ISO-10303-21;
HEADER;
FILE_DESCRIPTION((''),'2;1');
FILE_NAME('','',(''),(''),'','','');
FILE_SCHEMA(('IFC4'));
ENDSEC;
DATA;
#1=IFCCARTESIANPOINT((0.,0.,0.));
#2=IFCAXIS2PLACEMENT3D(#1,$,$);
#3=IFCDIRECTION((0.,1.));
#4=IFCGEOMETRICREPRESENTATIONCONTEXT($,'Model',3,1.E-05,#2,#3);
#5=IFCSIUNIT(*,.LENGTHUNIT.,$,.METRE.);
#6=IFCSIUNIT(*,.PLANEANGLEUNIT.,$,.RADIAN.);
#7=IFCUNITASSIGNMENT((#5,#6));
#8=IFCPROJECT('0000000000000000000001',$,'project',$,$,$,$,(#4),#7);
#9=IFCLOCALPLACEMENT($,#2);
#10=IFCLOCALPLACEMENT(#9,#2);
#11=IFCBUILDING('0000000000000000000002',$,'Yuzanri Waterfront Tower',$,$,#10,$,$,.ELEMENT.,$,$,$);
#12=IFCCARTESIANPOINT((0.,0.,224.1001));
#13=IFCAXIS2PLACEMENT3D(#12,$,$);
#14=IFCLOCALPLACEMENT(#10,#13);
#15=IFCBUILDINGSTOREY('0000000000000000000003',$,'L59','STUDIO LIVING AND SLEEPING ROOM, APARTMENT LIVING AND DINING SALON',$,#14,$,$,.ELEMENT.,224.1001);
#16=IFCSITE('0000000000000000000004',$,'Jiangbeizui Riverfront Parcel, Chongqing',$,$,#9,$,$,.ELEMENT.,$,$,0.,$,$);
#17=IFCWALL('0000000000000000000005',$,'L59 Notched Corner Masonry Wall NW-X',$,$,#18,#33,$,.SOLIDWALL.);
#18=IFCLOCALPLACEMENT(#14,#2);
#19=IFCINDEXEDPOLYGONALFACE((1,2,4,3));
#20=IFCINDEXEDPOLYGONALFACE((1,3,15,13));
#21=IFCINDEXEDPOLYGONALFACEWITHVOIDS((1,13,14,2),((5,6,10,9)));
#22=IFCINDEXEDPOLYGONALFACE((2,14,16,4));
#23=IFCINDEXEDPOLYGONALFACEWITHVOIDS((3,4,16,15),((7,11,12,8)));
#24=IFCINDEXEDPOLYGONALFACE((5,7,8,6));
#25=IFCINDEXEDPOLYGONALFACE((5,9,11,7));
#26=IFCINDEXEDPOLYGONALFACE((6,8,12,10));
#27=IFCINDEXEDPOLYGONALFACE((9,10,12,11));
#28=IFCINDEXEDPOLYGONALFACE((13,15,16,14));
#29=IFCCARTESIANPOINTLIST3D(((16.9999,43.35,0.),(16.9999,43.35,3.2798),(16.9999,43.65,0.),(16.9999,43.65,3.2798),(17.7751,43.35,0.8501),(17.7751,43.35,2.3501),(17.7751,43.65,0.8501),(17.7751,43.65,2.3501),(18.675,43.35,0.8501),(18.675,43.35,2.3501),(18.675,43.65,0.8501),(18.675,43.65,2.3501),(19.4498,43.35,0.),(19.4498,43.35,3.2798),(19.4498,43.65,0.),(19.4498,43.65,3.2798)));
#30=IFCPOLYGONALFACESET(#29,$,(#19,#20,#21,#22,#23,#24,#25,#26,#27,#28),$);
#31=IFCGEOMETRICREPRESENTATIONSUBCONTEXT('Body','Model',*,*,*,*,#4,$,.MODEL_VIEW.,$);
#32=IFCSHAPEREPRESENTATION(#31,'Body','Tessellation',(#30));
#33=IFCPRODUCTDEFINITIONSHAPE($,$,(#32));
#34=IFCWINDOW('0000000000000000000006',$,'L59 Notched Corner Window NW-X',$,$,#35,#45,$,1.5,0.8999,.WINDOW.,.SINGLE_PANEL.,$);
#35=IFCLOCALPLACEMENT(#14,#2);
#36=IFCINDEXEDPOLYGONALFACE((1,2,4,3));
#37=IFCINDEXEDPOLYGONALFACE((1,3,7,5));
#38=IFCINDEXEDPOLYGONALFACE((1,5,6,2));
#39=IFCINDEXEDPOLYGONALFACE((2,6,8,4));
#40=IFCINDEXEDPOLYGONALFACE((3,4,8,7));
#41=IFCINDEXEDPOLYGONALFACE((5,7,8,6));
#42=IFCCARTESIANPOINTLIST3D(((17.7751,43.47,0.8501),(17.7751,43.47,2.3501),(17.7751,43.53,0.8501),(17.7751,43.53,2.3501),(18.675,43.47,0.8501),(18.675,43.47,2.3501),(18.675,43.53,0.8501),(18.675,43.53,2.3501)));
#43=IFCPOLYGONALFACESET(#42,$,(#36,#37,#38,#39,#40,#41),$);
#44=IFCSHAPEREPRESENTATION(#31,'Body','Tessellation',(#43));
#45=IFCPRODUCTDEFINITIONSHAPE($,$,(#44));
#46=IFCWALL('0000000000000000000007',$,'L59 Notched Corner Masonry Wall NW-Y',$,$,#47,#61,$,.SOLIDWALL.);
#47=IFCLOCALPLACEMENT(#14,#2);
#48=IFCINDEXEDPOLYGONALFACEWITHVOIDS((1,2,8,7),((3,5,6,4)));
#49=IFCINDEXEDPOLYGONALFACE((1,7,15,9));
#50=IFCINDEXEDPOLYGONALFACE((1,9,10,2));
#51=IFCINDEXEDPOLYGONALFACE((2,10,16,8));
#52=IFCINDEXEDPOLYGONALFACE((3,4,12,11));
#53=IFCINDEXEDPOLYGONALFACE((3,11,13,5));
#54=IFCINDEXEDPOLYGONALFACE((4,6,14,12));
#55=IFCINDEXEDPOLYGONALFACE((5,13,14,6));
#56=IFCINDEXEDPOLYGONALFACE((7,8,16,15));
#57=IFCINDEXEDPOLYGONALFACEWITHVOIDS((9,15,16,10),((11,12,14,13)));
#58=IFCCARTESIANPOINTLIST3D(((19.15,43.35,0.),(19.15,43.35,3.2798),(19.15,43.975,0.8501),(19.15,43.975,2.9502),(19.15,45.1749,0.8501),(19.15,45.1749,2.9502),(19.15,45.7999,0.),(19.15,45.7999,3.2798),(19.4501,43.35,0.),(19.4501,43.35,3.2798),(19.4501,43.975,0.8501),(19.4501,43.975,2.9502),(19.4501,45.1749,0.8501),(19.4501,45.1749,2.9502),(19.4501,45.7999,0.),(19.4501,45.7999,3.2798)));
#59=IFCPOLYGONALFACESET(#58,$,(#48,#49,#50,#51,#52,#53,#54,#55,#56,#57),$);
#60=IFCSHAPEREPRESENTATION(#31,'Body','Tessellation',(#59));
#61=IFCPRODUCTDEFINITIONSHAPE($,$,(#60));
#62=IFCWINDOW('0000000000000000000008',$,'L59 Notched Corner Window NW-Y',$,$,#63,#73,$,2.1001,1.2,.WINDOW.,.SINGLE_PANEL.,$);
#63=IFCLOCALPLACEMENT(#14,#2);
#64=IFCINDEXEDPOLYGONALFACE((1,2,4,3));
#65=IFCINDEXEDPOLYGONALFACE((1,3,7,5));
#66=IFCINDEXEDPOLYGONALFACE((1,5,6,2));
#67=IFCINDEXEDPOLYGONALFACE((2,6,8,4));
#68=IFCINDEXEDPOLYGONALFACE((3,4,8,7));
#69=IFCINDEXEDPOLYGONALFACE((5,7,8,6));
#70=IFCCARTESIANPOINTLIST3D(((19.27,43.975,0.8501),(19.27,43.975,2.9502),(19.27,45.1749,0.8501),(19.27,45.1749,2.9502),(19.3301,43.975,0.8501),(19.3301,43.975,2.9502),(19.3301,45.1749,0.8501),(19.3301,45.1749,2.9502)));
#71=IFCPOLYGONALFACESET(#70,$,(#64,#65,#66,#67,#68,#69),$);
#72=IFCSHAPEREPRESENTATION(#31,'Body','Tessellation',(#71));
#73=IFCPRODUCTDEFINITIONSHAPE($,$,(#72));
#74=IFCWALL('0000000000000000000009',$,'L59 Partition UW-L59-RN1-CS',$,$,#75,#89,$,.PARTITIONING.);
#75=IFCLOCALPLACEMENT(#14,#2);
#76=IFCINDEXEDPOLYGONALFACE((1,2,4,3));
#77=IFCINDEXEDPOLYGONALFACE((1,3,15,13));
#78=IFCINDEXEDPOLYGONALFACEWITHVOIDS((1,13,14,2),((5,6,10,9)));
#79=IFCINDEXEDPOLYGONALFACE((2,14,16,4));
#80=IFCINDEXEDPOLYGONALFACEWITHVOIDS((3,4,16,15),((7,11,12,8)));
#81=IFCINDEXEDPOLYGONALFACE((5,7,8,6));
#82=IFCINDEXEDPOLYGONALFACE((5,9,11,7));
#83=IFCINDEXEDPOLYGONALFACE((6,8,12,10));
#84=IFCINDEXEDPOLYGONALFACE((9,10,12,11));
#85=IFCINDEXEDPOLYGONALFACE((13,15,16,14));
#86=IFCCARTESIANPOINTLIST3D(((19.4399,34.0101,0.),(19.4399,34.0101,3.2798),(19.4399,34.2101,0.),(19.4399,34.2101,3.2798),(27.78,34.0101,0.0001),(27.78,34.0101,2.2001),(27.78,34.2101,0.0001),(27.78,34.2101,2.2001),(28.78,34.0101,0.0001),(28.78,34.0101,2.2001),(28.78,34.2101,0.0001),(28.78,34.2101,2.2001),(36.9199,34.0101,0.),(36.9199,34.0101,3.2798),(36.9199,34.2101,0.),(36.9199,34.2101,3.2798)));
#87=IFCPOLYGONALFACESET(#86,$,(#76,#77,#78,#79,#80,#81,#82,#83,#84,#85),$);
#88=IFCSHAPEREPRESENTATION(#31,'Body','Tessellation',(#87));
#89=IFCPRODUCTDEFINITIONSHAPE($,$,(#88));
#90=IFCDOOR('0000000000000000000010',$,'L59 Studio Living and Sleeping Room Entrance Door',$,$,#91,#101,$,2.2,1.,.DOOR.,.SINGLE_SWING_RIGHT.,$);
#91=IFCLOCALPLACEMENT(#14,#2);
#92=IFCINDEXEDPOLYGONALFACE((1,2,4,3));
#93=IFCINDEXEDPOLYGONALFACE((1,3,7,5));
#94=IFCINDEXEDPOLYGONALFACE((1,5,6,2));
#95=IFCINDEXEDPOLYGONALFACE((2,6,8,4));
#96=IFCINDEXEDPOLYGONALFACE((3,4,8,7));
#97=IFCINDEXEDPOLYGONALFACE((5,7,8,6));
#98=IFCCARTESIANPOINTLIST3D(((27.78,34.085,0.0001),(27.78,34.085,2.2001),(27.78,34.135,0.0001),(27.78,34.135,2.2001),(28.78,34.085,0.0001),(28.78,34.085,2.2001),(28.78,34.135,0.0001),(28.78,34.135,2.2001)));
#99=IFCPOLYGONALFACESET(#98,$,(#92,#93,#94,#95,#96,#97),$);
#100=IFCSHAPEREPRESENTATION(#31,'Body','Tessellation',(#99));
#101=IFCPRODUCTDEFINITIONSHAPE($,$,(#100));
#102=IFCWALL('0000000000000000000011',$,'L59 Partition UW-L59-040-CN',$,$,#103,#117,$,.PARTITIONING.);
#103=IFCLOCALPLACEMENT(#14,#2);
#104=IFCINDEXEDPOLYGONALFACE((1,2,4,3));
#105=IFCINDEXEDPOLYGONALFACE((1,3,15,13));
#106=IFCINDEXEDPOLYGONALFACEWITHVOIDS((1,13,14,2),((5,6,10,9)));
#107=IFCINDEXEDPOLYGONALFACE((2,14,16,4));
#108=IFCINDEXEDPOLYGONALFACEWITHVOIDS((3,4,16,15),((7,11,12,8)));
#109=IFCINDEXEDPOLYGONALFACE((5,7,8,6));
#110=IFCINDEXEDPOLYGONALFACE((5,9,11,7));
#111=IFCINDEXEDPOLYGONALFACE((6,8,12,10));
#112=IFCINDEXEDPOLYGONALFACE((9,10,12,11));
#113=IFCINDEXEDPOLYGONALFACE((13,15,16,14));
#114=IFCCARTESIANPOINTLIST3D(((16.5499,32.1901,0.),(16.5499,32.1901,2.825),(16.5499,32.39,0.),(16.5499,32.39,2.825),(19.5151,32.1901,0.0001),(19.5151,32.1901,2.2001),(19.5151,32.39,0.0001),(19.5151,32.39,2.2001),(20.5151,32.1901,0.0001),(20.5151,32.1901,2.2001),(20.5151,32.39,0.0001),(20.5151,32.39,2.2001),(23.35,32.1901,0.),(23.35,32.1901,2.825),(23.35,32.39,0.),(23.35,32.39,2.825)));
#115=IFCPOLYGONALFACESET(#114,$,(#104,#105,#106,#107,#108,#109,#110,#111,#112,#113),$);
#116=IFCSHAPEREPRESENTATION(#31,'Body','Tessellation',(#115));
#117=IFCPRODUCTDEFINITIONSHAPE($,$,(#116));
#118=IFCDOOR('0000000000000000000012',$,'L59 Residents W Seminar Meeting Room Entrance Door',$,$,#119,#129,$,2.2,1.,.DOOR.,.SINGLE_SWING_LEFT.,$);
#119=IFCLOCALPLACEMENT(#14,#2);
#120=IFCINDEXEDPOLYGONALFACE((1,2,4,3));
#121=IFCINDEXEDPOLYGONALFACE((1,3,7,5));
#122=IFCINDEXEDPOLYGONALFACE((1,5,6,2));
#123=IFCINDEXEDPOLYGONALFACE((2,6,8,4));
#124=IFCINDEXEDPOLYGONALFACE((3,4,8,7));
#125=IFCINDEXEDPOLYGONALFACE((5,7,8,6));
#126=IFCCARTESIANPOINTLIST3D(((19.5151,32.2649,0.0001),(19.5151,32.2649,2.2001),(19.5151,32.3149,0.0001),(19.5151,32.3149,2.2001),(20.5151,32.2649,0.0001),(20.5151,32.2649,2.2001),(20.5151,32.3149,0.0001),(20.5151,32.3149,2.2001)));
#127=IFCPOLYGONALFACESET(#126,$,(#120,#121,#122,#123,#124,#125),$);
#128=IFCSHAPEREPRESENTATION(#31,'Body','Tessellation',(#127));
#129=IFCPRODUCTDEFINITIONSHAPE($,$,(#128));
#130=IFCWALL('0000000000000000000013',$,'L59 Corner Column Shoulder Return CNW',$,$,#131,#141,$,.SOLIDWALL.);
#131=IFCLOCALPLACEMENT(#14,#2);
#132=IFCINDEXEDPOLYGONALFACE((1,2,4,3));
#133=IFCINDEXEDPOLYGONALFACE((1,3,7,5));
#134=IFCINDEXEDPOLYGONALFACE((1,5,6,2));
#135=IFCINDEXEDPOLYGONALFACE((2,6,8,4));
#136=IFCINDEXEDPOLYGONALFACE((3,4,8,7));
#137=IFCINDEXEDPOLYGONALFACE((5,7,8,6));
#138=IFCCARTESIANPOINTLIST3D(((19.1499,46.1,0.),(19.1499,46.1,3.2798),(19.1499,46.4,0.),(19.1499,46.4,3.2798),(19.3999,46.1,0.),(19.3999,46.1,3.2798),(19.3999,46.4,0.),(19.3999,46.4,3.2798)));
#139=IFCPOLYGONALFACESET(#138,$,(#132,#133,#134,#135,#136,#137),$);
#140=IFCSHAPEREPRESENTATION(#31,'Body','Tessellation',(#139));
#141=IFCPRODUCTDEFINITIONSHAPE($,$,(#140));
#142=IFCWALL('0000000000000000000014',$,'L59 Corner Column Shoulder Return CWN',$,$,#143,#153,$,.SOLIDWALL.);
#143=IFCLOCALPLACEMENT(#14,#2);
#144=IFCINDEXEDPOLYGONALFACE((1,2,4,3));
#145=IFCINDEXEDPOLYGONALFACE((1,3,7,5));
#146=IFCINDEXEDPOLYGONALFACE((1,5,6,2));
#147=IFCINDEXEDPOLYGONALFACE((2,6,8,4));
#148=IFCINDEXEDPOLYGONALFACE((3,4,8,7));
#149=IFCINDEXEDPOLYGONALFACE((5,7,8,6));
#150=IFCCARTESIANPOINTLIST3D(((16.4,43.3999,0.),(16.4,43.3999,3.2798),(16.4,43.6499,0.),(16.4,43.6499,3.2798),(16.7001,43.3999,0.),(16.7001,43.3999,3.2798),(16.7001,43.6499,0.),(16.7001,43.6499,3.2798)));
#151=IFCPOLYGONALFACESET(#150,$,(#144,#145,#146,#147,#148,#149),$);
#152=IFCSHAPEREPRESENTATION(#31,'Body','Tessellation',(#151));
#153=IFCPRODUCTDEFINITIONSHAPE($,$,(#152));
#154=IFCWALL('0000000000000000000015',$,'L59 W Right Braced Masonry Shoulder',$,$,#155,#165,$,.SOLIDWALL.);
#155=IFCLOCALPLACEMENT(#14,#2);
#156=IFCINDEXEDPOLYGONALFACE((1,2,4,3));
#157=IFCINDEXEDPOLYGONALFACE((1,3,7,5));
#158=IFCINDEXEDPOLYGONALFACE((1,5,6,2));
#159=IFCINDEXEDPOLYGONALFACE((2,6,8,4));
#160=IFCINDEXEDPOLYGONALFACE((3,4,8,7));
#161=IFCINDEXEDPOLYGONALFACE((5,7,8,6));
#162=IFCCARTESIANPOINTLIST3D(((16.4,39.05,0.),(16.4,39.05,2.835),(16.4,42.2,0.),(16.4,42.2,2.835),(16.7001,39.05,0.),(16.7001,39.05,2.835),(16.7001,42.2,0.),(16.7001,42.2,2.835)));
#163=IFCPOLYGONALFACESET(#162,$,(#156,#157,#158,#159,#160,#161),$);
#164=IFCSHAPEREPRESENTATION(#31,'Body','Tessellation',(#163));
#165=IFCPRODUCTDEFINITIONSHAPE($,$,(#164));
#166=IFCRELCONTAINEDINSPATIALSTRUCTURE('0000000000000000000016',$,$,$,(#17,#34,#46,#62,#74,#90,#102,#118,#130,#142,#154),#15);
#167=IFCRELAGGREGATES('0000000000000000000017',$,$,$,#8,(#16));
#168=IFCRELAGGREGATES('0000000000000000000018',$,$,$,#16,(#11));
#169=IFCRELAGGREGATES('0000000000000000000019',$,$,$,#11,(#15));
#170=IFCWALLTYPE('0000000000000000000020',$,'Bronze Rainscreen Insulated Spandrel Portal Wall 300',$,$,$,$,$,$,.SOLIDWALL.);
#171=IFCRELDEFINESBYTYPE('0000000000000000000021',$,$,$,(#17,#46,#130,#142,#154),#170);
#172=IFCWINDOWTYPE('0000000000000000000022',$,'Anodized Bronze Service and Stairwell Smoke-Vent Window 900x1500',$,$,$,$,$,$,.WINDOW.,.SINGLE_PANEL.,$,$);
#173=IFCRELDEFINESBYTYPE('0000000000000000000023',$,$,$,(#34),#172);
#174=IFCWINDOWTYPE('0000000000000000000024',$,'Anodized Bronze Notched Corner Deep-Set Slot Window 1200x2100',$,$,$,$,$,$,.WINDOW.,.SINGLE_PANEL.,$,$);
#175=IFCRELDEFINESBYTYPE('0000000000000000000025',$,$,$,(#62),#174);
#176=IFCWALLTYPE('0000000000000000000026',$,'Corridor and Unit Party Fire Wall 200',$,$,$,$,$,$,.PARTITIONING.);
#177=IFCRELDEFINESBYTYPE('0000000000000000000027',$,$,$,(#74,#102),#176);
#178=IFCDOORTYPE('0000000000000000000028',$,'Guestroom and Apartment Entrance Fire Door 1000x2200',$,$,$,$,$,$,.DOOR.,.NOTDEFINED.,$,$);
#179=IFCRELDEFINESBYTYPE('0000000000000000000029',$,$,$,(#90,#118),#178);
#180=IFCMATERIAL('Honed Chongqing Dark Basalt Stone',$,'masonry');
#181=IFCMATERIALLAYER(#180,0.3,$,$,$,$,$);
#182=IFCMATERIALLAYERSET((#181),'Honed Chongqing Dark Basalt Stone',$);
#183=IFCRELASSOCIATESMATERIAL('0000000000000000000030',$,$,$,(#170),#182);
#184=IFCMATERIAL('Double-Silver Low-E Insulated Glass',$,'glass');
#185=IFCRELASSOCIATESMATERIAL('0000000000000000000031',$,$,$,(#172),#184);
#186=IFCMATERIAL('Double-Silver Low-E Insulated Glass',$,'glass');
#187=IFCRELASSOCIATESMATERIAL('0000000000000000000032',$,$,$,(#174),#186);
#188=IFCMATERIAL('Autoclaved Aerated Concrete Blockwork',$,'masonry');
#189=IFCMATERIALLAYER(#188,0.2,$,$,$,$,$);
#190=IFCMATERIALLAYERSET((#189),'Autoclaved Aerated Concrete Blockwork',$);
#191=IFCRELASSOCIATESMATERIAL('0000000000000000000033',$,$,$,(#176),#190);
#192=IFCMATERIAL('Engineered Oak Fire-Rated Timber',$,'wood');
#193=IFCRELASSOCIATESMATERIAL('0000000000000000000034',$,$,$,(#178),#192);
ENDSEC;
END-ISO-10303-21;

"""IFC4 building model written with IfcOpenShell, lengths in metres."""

from ifc_helpers import new_model, si_unit, direction, frame, frame_2d, origin, place, context, subcontext, project, spatial, rectangle, extrude, source, transform, mapped, material, layer, layer_set, type_object, element, fill, save


model = new_model("IFC4")

# Units and contexts
model_context = context("Model", 3, precision=1e-05, world=origin(), true_north=direction((0.0, 1.0)))
body_context = subcontext(model_context, "Body", "Model", "MODEL_VIEW")
ifc_project = project(units=[si_unit("LENGTHUNIT", "METRE"), si_unit("PLANEANGLEUNIT", "RADIAN")], contexts=[model_context])

# Site, building, storey
site_placement = place(None, origin())
site = spatial("IfcSite", under=ifc_project, at=site_placement, Name="Jiangbeizui Riverfront Parcel, Chongqing", CompositionType="ELEMENT", RefElevation=0.0)
building_placement = place(site_placement, origin())
building = spatial("IfcBuilding", under=site, at=building_placement, Name="Yuzanri Waterfront Tower", CompositionType="ELEMENT")
storey_placement = place(building_placement, frame((0.0, 0.0, 224.1001)))
storey = spatial("IfcBuildingStorey", under=building, at=storey_placement, Name="L59", Description="STUDIO LIVING AND SLEEPING ROOM, APARTMENT LIVING AND DINING SALON", CompositionType="ELEMENT", Elevation=224.1001)

# Walls, openings, windows
ifc_material_1 = material(Name="Honed Chongqing Dark Basalt Stone", Category="masonry")
ifc_layer_1 = layer(ifc_material_1, 0.3)
ifc_layer_set_1 = layer_set([ifc_layer_1], Name="Honed Chongqing Dark Basalt Stone")
wall_type_1 = type_object("IfcWallType", Name="Bronze Rainscreen Insulated Spandrel Portal Wall 300", PredefinedType="SOLIDWALL", material=ifc_layer_set_1)
wall_1_placement = place(storey_placement, frame((19.45, 43.5, 0.0), z_axis=(0.0, 0.0, 1.0), x_axis=(-1.0, 0.0, 0.0)))
wall_1 = element("IfcWall", 1, at=wall_1_placement, inside=storey, type_object=wall_type_1, Name="L59 Notched Corner Masonry Wall NW-X", PredefinedType="SOLIDWALL", context=body_context, shape_type="SweptSolid", body=[
    extrude(rectangle(XDim=2.45, YDim=0.3, at=frame_2d((1.2251, 0.0))), origin(), (0.0, 0.0, 1.0), 3.2798),
])
opening_1_placement = place(wall_1_placement, frame((0.7749, 0.0, 0.8501)))
opening_1 = element("IfcOpeningElement", 2, at=opening_1_placement, cuts=wall_1, PredefinedType="OPENING", context=body_context, shape_type="SweptSolid", body=[
    extrude(rectangle(XDim=0.8999, YDim=1.5, at=frame_2d((0.45, 0.75))), frame((0.0, 0.165, 0.0), z_axis=(0.0, -1.0, 0.0), x_axis=(1.0, 0.0, 0.0)), (0.0, 0.0, 1.0), 0.3298),
])
ifc_material_2 = material(Name="Double-Silver Low-E Insulated Glass", Category="glass")
window_type_1 = type_object("IfcWindowType", Name="Anodized Bronze Service and Stairwell Smoke-Vent Window 900x1500", PartitioningType="SINGLE_PANEL", PredefinedType="WINDOW", material=ifc_material_2)
shared_shape_1 = source(origin(), body_context, "Body", "SweptSolid", [
    extrude(rectangle(XDim=0.8999, YDim=1.5, at=frame_2d((0.45, 0.75))), frame((0.0, 0.03, 0.0), z_axis=(0.0, -1.0, 0.0), x_axis=(1.0, 0.0, 0.0)), (0.0, 0.0, 1.0), 0.0601),
])
window_1_placement = place(opening_1_placement, origin())
window_1 = element("IfcWindow", 3, at=window_1_placement, inside=storey, type_object=window_type_1, Name="L59 Notched Corner Window NW-X", OverallHeight=1.5, OverallWidth=0.8999, PartitioningType="SINGLE_PANEL", PredefinedType="WINDOW", context=body_context, shape_type="MappedRepresentation", body=[
    mapped(shared_shape_1, transform((0.0, 0.0, 0.0), scale=1.0)),
])
fill(opening_1, window_1)
wall_2_placement = place(storey_placement, frame((19.3, 45.8, 0.0), z_axis=(0.0, 0.0, 1.0), x_axis=(0.0, -1.0, 0.0)))
wall_2 = element("IfcWall", 4, at=wall_2_placement, inside=storey, type_object=wall_type_1, Name="L59 Notched Corner Masonry Wall NW-Y", PredefinedType="SOLIDWALL", context=body_context, shape_type="SweptSolid", body=[
    extrude(rectangle(XDim=2.45, YDim=0.3, at=frame_2d((1.2251, 0.0))), origin(), (0.0, 0.0, 1.0), 3.2798),
])
opening_2_placement = place(wall_2_placement, frame((0.625, 0.0, 0.8501)))
opening_2 = element("IfcOpeningElement", 5, at=opening_2_placement, cuts=wall_2, PredefinedType="OPENING", context=body_context, shape_type="SweptSolid", body=[
    extrude(rectangle(XDim=1.2, YDim=2.1001, at=frame_2d((0.6001, 1.05))), frame((0.0, 0.165, 0.0), z_axis=(0.0, -1.0, 0.0), x_axis=(1.0, 0.0, 0.0)), (0.0, 0.0, 1.0), 0.3298),
])
ifc_material_3 = material(Name="Double-Silver Low-E Insulated Glass", Category="glass")
window_type_2 = type_object("IfcWindowType", Name="Anodized Bronze Notched Corner Deep-Set Slot Window 1200x2100", PartitioningType="SINGLE_PANEL", PredefinedType="WINDOW", material=ifc_material_3)
shared_shape_2 = source(origin(), body_context, "Body", "SweptSolid", [
    extrude(rectangle(XDim=1.2, YDim=2.1001, at=frame_2d((0.6001, 1.05))), frame((0.0, 0.03, 0.0), z_axis=(0.0, -1.0, 0.0), x_axis=(1.0, 0.0, 0.0)), (0.0, 0.0, 1.0), 0.0601),
])
window_2_placement = place(opening_2_placement, origin())
window_2 = element("IfcWindow", 6, at=window_2_placement, inside=storey, type_object=window_type_2, Name="L59 Notched Corner Window NW-Y", OverallHeight=2.1001, OverallWidth=1.2, PartitioningType="SINGLE_PANEL", PredefinedType="WINDOW", context=body_context, shape_type="MappedRepresentation", body=[
    mapped(shared_shape_2, transform((0.0, 0.0, 0.0), scale=1.0)),
])
fill(opening_2, window_2)

# Walls, openings, doors
ifc_material_4 = material(Name="Autoclaved Aerated Concrete Blockwork", Category="masonry")
ifc_layer_2 = layer(ifc_material_4, 0.2)
ifc_layer_set_2 = layer_set([ifc_layer_2], Name="Autoclaved Aerated Concrete Blockwork")
wall_type_2 = type_object("IfcWallType", Name="Corridor and Unit Party Fire Wall 200", PredefinedType="PARTITIONING", material=ifc_layer_set_2)
wall_3_placement = place(storey_placement, frame((19.4399, 34.1101, 0.0), z_axis=(0.0, 0.0, 1.0), x_axis=(1.0, 0.0, 0.0)))
wall_3 = element("IfcWall", 7, at=wall_3_placement, inside=storey, type_object=wall_type_2, Name="L59 Partition UW-L59-RN1-CS", PredefinedType="PARTITIONING", context=body_context, shape_type="SweptSolid", body=[
    extrude(rectangle(XDim=17.48, YDim=0.2, at=frame_2d((8.74, 0.0))), origin(), (0.0, 0.0, 1.0), 3.2798),
])
opening_3_placement = place(wall_3_placement, frame((8.3401, 0.0, 0.0)))
opening_3 = element("IfcOpeningElement", 8, at=opening_3_placement, cuts=wall_3, PredefinedType="OPENING", context=body_context, shape_type="SweptSolid", body=[
    extrude(rectangle(XDim=1.0, YDim=2.2, at=frame_2d((0.5, 1.1001))), frame((0.0, 0.1147, 0.0), z_axis=(0.0, -1.0, 0.0), x_axis=(1.0, 0.0, 0.0)), (0.0, 0.0, 1.0), 0.2297),
])
ifc_material_5 = material(Name="Engineered Oak Fire-Rated Timber", Category="wood")
door_type = type_object("IfcDoorType", Name="Guestroom and Apartment Entrance Fire Door 1000x2200", OperationType="NOTDEFINED", PredefinedType="DOOR", material=ifc_material_5)
shared_shape_3 = source(origin(), body_context, "Body", "SweptSolid", [
    extrude(rectangle(XDim=1.0, YDim=2.2, at=frame_2d((0.5, 1.1001))), frame((0.0, 0.0249, 0.0), z_axis=(0.0, -1.0, 0.0), x_axis=(1.0, 0.0, 0.0)), (0.0, 0.0, 1.0), 0.05),
])
door_1_placement = place(opening_3_placement, origin())
door_1 = element("IfcDoor", 9, at=door_1_placement, inside=storey, type_object=door_type, Name="L59 Studio Living and Sleeping Room Entrance Door", OperationType="SINGLE_SWING_RIGHT", OverallHeight=2.2, OverallWidth=1.0, PredefinedType="DOOR", context=body_context, shape_type="MappedRepresentation", body=[
    mapped(shared_shape_3, transform((0.0, 0.0, 0.0), scale=1.0)),
])
fill(opening_3, door_1)
wall_4_placement = place(storey_placement, frame((16.55, 32.29, 0.0), z_axis=(0.0, 0.0, 1.0), x_axis=(1.0, 0.0, 0.0)))
wall_4 = element("IfcWall", 10, at=wall_4_placement, inside=storey, type_object=wall_type_2, Name="L59 Partition UW-L59-040-CN", PredefinedType="PARTITIONING", context=body_context, shape_type="SweptSolid", body=[
    extrude(rectangle(XDim=6.8, YDim=0.2, at=frame_2d((3.3999, 0.0))), origin(), (0.0, 0.0, 1.0), 2.825),
])
opening_4_placement = place(wall_4_placement, frame((2.9651, 0.0, 0.0)))
opening_4 = element("IfcOpeningElement", 11, at=opening_4_placement, cuts=wall_4, PredefinedType="OPENING", context=body_context, shape_type="SweptSolid", body=[
    extrude(rectangle(XDim=1.0, YDim=2.2, at=frame_2d((0.5, 1.1001))), frame((0.0, 0.1147, 0.0), z_axis=(0.0, -1.0, 0.0), x_axis=(1.0, 0.0, 0.0)), (0.0, 0.0, 1.0), 0.2297),
])
door_2_placement = place(opening_4_placement, origin())
door_2 = element("IfcDoor", 12, at=door_2_placement, inside=storey, type_object=door_type, Name="L59 Residents W Seminar Meeting Room Entrance Door", OperationType="SINGLE_SWING_LEFT", OverallHeight=2.2, OverallWidth=1.0, PredefinedType="DOOR", context=body_context, shape_type="MappedRepresentation", body=[
    mapped(shared_shape_3, transform((0.0, 0.0, 0.0), scale=1.0)),
])
fill(opening_4, door_2)

# Walls
shared_shape_4 = source(origin(), body_context, "Body", "SweptSolid", [
    extrude(rectangle(XDim=0.25, YDim=0.3, at=frame_2d((0.125, 0.0))), origin(), (0.0, 0.0, 1.0), 3.2798),
])
for number, where, z_axis, x_axis, name in (
    (13, (19.1499, 46.25, 0.0), (0.0, 0.0, 1.0), (1.0, 0.0, 0.0), "L59 Corner Column Shoulder Return CNW"),
    (14, (16.55, 43.3999, 0.0), (0.0, 0.0, 1.0), (0.0, 1.0, 0.0), "L59 Corner Column Shoulder Return CWN"),
):
    element("IfcWall", number, at=place(storey_placement, frame(where, z_axis=z_axis, x_axis=x_axis)), inside=storey, type_object=wall_type_1, Name=name, PredefinedType="SOLIDWALL", context=body_context, shape_type="MappedRepresentation", body=[
        mapped(shared_shape_4, transform((0.0, 0.0, 0.0), scale=1.0)),
    ])
shared_shape_5 = source(origin(), body_context, "Body", "SweptSolid", [
    extrude(rectangle(XDim=3.1499, YDim=0.3, at=frame_2d((1.575, 0.0))), origin(), (0.0, 0.0, 1.0), 2.835),
])
wall_5_placement = place(storey_placement, frame((16.55, 39.05, 0.0), z_axis=(0.0, 0.0, 1.0), x_axis=(0.0, 1.0, 0.0)))
element("IfcWall", 15, at=wall_5_placement, inside=storey, type_object=wall_type_1, Name="L59 W Right Braced Masonry Shoulder", PredefinedType="SOLIDWALL", context=body_context, shape_type="MappedRepresentation", body=[
    mapped(shared_shape_5, transform((0.0, 0.0, 0.0), scale=1.0)),
])

save(model, "model.ifc")
